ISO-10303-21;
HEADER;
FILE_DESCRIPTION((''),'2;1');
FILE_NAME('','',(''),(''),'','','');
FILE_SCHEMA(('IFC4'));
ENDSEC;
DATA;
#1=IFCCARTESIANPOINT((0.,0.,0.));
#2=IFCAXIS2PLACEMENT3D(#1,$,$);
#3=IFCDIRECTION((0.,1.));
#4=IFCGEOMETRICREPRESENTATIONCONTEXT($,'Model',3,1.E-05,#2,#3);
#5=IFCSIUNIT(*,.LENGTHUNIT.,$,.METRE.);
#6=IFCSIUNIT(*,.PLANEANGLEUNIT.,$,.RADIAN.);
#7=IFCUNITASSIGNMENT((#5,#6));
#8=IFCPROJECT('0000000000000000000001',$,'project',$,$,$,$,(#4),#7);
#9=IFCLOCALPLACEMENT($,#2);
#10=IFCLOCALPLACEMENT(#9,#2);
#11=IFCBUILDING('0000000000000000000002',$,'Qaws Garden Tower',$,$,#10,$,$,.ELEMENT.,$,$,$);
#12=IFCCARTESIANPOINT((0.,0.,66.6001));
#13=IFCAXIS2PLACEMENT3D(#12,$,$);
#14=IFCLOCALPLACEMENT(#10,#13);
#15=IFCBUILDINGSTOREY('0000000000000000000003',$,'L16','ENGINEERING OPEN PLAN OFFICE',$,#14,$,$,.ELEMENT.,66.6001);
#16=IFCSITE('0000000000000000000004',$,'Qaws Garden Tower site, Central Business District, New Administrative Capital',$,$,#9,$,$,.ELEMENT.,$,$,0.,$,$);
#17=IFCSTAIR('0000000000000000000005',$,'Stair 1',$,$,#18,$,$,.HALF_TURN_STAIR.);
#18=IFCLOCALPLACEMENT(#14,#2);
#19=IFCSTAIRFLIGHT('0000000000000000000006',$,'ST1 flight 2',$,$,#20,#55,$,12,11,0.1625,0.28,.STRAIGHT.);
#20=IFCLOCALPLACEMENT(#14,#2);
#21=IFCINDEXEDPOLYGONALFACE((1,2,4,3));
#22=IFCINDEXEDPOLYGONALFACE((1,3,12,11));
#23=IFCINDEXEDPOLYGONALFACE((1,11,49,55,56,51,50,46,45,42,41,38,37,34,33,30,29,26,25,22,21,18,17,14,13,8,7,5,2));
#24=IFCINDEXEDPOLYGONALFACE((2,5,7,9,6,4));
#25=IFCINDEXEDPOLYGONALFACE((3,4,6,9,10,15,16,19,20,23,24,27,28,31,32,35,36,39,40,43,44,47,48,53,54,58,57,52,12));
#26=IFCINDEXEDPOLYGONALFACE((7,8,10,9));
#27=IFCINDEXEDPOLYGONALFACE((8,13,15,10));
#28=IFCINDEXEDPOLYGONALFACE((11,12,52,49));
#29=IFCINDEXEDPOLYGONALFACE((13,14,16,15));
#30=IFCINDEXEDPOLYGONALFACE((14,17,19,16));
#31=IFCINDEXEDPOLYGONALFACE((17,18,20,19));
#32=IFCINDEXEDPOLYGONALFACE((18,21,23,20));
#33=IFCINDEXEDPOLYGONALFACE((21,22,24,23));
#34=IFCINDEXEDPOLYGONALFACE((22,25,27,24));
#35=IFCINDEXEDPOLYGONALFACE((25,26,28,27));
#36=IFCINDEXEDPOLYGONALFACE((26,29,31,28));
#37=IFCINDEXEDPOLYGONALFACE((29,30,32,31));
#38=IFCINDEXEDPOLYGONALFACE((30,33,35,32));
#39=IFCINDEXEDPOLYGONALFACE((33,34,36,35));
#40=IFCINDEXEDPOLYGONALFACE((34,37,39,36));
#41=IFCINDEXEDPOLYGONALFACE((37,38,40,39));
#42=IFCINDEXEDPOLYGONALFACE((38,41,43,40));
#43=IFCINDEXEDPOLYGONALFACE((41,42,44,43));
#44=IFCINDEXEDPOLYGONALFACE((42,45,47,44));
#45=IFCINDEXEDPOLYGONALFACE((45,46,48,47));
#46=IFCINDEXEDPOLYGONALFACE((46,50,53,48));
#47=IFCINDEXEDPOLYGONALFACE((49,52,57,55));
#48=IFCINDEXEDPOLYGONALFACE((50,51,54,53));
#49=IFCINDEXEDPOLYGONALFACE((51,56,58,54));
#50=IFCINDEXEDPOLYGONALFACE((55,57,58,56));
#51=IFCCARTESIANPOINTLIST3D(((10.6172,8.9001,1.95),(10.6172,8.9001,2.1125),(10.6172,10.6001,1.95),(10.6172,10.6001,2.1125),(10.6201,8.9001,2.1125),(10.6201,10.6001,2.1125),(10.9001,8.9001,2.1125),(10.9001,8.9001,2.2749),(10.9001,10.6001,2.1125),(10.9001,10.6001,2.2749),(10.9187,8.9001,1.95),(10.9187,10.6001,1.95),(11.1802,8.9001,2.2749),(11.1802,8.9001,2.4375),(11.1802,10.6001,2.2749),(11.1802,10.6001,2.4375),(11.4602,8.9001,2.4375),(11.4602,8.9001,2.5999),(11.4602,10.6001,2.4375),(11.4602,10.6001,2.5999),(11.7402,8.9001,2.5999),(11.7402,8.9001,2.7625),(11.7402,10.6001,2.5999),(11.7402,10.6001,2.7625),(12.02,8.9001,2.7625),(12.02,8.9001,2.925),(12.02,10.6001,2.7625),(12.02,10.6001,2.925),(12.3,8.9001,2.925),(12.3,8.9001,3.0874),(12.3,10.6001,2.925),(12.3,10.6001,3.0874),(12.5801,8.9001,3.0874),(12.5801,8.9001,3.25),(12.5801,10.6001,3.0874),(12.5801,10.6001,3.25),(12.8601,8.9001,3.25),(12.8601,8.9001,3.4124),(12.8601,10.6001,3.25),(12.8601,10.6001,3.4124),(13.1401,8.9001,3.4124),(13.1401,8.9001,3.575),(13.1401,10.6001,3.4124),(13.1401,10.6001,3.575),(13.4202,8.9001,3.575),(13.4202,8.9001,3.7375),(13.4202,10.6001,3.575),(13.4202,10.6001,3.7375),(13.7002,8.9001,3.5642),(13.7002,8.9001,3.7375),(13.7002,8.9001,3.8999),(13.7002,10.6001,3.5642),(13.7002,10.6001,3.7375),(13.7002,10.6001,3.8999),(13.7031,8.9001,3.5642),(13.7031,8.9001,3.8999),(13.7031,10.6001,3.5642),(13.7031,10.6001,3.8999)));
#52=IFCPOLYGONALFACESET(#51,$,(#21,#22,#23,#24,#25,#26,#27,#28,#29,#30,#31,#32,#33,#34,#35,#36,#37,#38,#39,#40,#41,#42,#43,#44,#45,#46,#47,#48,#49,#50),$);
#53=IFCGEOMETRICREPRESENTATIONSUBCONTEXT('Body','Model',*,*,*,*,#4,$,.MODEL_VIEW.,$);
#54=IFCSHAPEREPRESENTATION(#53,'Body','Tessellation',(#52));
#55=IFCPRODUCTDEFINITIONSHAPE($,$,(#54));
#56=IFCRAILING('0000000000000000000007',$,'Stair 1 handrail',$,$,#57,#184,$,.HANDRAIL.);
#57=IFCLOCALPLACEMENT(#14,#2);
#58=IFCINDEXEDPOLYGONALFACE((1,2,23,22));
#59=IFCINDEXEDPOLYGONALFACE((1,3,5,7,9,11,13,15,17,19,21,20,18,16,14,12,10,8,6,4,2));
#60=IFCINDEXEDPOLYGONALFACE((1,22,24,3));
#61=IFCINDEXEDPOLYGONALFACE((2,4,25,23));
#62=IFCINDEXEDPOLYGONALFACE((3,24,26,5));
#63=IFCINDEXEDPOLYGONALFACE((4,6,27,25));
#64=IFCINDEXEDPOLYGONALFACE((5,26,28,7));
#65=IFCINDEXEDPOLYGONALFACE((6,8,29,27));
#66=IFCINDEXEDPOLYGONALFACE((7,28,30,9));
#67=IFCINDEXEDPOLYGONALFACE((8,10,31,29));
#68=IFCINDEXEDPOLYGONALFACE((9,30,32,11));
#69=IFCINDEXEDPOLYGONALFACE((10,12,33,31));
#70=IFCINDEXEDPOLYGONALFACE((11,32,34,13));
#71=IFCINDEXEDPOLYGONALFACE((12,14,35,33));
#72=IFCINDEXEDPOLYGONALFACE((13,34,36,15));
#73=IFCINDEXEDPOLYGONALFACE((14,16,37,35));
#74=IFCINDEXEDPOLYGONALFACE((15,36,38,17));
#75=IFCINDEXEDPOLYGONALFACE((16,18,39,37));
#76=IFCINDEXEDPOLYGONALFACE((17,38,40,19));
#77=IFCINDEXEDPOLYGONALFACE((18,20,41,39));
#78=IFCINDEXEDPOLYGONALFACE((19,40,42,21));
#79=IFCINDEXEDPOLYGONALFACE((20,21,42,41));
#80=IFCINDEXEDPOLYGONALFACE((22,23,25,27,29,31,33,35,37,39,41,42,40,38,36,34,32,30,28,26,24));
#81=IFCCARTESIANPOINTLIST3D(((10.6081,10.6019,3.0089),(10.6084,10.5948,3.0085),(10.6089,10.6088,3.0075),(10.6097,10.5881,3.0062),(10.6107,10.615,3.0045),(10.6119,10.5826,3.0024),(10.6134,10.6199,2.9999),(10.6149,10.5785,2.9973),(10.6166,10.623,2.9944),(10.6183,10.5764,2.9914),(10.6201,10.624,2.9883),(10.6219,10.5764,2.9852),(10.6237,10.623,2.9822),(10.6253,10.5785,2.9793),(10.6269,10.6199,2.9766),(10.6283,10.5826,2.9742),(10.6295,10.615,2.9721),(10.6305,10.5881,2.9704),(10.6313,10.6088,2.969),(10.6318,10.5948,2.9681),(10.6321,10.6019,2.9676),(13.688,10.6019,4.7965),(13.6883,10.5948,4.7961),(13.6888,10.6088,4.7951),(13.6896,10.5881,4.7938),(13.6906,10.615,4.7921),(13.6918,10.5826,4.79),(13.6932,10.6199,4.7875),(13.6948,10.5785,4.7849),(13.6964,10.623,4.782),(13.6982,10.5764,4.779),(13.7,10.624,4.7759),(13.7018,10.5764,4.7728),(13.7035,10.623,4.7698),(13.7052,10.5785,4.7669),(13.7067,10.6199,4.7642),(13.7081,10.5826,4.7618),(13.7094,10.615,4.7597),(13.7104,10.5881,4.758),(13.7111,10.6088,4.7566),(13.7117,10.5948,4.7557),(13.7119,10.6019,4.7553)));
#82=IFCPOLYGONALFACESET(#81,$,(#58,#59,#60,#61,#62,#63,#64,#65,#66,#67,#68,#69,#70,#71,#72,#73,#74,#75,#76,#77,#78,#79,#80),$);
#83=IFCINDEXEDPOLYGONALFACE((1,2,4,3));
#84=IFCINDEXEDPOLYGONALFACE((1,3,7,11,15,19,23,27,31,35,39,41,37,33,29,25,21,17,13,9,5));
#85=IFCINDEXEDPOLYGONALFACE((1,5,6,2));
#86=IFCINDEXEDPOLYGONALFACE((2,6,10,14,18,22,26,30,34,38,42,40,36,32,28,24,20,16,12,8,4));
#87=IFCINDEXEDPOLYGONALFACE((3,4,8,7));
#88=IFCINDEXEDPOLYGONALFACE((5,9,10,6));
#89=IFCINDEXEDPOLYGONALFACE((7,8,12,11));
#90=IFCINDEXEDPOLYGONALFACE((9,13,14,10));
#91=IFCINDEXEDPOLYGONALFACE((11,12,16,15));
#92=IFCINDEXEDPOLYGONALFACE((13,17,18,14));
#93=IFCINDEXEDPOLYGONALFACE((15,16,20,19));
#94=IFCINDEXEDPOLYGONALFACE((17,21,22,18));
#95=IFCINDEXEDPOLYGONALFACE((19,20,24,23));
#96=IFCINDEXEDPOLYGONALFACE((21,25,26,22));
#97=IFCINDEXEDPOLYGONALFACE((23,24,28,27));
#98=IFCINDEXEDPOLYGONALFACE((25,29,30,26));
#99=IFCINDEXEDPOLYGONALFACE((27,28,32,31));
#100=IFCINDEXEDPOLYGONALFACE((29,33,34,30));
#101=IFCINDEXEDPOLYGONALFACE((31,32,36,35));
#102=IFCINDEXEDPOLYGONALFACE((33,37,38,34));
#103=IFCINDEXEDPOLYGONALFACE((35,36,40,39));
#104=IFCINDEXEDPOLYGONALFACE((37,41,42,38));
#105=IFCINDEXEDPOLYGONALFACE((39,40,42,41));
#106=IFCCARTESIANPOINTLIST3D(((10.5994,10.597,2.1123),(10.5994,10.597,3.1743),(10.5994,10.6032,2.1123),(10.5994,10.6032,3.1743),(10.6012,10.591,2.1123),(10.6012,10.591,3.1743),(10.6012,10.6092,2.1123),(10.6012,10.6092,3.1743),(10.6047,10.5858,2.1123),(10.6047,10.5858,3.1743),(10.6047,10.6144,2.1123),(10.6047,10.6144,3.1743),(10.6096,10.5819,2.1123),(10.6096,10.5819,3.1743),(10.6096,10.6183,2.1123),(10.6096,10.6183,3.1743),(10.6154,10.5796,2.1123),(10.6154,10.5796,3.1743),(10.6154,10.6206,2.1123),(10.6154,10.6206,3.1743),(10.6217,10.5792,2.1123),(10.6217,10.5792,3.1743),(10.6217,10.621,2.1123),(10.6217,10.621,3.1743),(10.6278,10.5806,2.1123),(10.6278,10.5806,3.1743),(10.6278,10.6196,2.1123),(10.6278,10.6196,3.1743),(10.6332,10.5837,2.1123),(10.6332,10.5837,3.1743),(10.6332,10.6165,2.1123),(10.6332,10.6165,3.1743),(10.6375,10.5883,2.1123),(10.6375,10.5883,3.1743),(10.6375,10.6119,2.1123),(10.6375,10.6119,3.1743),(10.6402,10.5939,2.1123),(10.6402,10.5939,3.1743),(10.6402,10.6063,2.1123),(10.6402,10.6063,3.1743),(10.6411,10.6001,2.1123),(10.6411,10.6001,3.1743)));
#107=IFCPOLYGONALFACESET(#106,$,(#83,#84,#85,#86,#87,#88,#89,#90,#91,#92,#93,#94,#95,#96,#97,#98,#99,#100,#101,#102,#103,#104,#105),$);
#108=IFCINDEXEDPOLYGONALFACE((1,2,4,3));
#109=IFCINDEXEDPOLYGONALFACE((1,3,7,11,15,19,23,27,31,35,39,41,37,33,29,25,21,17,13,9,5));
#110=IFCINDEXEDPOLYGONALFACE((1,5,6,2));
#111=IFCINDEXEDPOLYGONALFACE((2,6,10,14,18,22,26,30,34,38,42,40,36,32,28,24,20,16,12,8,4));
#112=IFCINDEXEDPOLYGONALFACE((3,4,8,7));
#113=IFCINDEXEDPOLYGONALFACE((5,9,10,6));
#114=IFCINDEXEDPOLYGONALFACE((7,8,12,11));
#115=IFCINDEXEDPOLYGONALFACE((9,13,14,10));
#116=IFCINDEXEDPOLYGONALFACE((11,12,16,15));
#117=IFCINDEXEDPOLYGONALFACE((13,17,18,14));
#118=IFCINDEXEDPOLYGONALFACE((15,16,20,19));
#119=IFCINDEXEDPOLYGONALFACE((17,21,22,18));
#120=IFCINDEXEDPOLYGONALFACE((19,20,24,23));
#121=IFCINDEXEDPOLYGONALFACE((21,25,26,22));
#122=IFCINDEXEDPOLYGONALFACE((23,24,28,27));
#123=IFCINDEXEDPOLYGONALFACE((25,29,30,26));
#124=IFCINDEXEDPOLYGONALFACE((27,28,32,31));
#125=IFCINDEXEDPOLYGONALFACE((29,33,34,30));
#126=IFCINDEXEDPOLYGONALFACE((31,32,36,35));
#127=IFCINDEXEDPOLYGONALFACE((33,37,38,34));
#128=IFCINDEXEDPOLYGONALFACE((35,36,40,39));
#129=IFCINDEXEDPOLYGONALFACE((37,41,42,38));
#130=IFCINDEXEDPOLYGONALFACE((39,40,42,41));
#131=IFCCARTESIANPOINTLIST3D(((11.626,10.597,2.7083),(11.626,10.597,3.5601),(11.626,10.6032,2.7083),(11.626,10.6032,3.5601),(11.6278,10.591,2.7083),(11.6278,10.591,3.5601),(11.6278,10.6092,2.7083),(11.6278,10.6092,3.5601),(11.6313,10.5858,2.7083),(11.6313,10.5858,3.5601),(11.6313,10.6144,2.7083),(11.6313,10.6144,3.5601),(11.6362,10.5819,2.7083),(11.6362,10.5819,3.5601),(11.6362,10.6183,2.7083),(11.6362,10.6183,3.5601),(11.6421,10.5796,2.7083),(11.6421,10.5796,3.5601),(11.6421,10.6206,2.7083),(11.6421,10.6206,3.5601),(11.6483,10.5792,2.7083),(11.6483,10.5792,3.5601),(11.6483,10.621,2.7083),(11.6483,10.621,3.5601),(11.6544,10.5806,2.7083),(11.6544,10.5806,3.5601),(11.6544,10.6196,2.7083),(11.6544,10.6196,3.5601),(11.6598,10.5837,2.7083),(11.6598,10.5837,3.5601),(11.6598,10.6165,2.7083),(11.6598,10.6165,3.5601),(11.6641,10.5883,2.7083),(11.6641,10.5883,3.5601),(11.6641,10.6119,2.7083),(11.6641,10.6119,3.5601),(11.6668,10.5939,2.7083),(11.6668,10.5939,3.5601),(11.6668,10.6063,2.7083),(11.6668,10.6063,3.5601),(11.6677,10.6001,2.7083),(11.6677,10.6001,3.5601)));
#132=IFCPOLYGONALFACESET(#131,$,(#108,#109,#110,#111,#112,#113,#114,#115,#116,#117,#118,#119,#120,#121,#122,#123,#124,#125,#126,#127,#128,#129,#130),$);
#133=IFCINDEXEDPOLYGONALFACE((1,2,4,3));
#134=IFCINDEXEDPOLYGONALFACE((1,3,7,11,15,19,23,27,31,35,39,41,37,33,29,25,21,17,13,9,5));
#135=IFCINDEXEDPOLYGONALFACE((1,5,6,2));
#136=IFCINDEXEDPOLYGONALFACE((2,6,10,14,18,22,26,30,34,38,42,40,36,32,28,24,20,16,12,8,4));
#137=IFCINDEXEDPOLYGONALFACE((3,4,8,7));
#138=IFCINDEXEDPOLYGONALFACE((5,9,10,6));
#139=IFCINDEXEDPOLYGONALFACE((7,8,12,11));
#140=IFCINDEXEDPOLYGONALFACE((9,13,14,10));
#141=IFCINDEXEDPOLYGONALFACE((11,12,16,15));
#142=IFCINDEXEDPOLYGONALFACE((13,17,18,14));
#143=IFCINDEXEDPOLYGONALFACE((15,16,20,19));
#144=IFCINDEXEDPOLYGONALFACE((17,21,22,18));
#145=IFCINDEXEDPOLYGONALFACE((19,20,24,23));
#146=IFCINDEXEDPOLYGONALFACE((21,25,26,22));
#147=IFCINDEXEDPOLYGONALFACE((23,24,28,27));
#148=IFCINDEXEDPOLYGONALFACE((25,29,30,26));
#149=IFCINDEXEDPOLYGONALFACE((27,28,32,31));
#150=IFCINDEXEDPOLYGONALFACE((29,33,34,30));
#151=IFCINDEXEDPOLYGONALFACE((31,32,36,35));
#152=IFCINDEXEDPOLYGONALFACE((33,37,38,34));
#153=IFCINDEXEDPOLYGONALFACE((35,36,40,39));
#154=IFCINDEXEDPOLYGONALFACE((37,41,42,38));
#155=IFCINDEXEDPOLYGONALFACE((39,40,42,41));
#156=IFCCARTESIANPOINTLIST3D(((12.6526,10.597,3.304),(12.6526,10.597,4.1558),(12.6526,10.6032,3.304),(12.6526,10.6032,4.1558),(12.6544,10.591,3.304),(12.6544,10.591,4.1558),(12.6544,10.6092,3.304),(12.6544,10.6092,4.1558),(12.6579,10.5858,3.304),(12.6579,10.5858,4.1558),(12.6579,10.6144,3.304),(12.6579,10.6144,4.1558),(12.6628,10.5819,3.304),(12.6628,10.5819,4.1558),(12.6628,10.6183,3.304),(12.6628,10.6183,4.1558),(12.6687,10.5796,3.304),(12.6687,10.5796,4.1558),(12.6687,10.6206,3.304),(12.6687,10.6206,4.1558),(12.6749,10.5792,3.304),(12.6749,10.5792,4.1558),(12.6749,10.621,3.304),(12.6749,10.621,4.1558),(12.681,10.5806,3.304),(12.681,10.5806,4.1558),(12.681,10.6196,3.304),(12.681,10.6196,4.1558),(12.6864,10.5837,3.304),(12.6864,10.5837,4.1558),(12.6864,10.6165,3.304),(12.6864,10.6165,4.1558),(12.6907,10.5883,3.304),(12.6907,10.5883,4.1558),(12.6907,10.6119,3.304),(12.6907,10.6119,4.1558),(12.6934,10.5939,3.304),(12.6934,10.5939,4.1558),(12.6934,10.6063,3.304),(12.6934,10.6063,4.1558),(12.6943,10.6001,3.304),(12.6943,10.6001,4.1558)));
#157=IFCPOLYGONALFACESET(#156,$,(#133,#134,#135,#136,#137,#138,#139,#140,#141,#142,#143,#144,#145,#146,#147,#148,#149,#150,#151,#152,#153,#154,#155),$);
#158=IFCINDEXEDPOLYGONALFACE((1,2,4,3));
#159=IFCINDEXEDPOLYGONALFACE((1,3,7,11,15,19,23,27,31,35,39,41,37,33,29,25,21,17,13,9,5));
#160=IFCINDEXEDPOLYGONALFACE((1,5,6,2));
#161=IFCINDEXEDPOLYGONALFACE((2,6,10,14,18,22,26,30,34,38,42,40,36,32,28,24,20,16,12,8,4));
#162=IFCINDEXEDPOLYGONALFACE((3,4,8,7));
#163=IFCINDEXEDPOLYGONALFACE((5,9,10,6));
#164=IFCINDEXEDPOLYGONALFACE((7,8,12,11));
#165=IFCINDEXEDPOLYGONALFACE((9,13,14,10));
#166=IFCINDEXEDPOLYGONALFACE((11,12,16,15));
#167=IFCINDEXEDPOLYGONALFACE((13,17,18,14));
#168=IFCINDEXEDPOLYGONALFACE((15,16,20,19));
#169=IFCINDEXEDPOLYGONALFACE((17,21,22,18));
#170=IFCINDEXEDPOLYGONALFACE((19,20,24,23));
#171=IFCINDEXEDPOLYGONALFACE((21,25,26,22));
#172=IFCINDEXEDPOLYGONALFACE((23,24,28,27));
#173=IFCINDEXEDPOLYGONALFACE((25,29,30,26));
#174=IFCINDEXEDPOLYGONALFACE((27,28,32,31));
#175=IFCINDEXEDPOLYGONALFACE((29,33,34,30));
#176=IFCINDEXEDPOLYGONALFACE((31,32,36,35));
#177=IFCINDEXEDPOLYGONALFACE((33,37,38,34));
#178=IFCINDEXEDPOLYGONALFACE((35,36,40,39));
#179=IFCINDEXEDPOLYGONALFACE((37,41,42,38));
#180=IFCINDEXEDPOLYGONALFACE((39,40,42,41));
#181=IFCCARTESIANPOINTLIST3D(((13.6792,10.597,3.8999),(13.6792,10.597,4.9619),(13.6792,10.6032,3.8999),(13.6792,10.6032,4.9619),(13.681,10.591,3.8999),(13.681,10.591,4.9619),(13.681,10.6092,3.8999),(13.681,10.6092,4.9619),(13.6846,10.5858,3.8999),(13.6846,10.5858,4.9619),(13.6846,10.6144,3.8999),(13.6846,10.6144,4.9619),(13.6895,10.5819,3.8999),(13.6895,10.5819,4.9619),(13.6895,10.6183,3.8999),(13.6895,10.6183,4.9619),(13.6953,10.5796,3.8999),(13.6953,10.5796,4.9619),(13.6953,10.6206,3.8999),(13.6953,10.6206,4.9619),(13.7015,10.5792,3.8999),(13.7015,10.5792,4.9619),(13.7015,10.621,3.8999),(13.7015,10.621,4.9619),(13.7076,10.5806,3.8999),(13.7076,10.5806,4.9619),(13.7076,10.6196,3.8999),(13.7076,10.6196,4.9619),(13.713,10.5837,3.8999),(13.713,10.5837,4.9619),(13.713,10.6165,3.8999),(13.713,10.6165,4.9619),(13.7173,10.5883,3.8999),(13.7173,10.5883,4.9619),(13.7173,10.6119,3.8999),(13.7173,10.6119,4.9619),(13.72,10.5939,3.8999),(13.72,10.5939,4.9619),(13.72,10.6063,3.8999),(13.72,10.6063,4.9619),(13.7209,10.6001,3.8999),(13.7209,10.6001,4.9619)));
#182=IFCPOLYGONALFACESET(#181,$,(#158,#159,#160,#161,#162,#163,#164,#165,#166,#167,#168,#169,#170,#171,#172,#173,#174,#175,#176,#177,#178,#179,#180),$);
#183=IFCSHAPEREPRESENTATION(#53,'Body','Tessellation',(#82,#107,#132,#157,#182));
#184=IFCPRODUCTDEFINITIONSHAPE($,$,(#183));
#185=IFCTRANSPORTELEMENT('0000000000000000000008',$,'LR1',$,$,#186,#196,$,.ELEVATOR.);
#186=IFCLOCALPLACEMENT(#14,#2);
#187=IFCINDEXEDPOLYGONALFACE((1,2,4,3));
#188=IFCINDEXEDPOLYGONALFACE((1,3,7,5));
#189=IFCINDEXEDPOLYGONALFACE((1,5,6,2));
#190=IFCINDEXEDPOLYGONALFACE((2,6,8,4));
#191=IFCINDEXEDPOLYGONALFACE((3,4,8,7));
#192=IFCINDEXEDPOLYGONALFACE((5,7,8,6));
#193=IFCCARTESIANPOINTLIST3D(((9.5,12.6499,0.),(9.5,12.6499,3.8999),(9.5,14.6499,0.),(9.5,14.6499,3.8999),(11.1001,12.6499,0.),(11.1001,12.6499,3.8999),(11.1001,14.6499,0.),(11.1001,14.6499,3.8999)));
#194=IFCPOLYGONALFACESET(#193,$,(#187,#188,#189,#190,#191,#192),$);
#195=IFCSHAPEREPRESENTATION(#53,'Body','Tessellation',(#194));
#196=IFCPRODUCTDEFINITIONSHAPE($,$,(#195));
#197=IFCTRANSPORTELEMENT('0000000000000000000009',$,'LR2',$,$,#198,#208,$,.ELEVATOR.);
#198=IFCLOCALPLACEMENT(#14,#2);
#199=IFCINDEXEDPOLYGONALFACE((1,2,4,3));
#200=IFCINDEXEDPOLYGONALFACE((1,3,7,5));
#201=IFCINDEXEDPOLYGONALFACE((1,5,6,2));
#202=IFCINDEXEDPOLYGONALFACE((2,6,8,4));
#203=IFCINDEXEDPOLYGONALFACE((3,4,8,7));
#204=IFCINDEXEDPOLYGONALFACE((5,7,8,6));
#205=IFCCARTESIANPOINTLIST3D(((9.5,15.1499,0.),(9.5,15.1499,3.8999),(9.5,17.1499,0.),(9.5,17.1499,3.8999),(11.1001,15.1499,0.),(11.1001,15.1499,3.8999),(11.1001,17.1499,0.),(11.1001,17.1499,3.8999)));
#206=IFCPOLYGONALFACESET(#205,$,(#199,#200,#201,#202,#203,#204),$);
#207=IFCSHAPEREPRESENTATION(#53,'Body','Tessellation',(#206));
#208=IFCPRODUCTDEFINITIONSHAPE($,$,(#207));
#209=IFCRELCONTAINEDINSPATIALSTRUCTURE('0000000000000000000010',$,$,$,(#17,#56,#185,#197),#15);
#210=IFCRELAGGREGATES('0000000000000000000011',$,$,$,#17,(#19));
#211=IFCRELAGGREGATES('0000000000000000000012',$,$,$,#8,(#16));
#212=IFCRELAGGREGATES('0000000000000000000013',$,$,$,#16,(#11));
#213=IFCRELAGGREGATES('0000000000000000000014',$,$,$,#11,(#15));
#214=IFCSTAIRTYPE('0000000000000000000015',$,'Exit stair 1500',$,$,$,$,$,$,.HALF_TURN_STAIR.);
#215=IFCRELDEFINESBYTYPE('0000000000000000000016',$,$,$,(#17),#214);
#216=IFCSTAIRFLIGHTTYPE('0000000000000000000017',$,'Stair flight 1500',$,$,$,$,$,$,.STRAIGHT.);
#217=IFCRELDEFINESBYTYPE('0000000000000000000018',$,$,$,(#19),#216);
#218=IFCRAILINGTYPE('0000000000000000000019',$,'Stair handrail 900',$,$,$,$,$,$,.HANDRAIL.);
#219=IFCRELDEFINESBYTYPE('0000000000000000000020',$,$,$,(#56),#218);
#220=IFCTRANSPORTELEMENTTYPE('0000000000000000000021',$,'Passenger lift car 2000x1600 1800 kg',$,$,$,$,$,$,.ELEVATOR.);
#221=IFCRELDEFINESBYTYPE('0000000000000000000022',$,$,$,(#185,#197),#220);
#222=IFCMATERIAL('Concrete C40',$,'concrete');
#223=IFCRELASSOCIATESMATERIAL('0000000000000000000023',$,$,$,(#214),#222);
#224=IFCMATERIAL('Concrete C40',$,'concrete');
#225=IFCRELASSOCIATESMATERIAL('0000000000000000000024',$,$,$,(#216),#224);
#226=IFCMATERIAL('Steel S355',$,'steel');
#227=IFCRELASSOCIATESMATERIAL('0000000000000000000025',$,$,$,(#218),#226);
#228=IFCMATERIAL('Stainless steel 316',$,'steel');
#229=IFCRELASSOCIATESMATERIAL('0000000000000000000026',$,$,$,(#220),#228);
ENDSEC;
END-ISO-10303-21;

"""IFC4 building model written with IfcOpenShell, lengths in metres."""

from ifc_helpers import new_model, si_unit, direction, frame, origin, origin_2d, place, context, subcontext, project, spatial, polyline, rectangle, circle, outline, extrude, material, type_object, element, aggregate, save


model = new_model("IFC4")

# Units and contexts
model_context = context("Model", 3, precision=1e-05, world=origin(), true_north=direction((0.0, 1.0)))
body_context = subcontext(model_context, "Body", "Model", "MODEL_VIEW")
ifc_project = project(units=[si_unit("LENGTHUNIT", "METRE"), si_unit("PLANEANGLEUNIT", "RADIAN")], contexts=[model_context])

# Site, building, storey
site_placement = place(None, origin())
site = spatial("IfcSite", under=ifc_project, at=site_placement, Name="Qaws Garden Tower site, Central Business District, New Administrative Capital", CompositionType="ELEMENT", RefElevation=0.0)
building_placement = place(site_placement, origin())
building = spatial("IfcBuilding", under=site, at=building_placement, Name="Qaws Garden Tower", CompositionType="ELEMENT")
storey_placement = place(building_placement, frame((0.0, 0.0, 66.6001)))
storey = spatial("IfcBuildingStorey", under=building, at=storey_placement, Name="L16", Description="ENGINEERING OPEN PLAN OFFICE", CompositionType="ELEMENT", Elevation=66.6001)

# Stair, stair flight
ifc_material_1 = material(Name="Concrete C40", Category="concrete")
stair_type = type_object("IfcStairType", Name="Exit stair 1500", PredefinedType="HALF_TURN_STAIR", material=ifc_material_1)
stair_placement = place(storey_placement, origin())
stair = element("IfcStair", 1, at=stair_placement, inside=storey, type_object=stair_type, Name="Stair 1", PredefinedType="HALF_TURN_STAIR")
ifc_material_2 = material(Name="Concrete C40", Category="concrete")
stair_flight_type = type_object("IfcStairFlightType", Name="Stair flight 1500", PredefinedType="STRAIGHT", material=ifc_material_2)
stair_flight_placement = place(storey_placement, frame((10.6201, 9.75, 1.95), z_axis=(0.0, 0.0, 1.0), x_axis=(1.0, 0.0, 0.0)))
stair_flight = element("IfcStairFlight", 2, at=stair_flight_placement, type_object=stair_flight_type, Name="ST1 flight 2", NumberOfRisers=12, NumberOfTreads=11, PredefinedType="STRAIGHT", RiserHeight=0.1625, TreadLength=0.28, context=body_context, shape_type="SweptSolid", body=[
    extrude(outline(polyline([(-0.0029, 0.0), (-0.0029, 0.1626), (0.0, 0.1626), (0.28, 0.1626), (0.28, 0.325), (0.5601, 0.325), (0.5601, 0.4875), (0.8401, 0.4875), (0.8401, 0.6499), (1.1201, 0.6499), (1.1201, 0.8125), (1.3999, 0.8125), (1.3999, 0.9751), (1.6799, 0.9751), (1.6799, 1.1375), (1.96, 1.1375), (1.96, 1.3), (2.24, 1.3), (2.24, 1.4624), (2.52, 1.4624), (2.52, 1.625), (2.8, 1.625), (2.8, 1.7876), (3.0801, 1.7876), (3.0801, 1.95), (3.083, 1.95), (3.083, 1.6143), (3.0801, 1.6143), (0.2986, 0.0), (-0.0029, 0.0)])), frame((0.0, 0.8501, 0.0), z_axis=(0.0, -1.0, 0.0), x_axis=(1.0, 0.0, 0.0)), (0.0, 0.0, 1.0), 1.7),
])
aggregate(stair, [stair_flight])

# Railing
ifc_material_3 = material(Name="Steel S355", Category="steel")
railing_type = type_object("IfcRailingType", Name="Stair handrail 900", PredefinedType="HANDRAIL", material=ifc_material_3)
railing_placement = place(storey_placement, frame((10.6201, 10.6001, 2.1123)))
element("IfcRailing", 3, at=railing_placement, inside=storey, type_object=railing_type, Name="Stair 1 handrail", PredefinedType="HANDRAIL", context=body_context, shape_type="SweptSolid", body=[
    extrude(circle(Radius=0.0239, at=origin_2d()), frame((0.0, 0.0, 0.876), z_axis=(0.864873, 0.0, 0.50199), x_axis=(0.0, 1.0, 0.0)), (0.0, 0.0, 1.0), 3.561),
    extrude(circle(Radius=0.021, at=origin_2d()), origin(), (0.0, 0.0, 1.0), 1.062),
    extrude(circle(Radius=0.021, at=origin_2d()), frame((1.0266, 0.0, 0.5959)), (0.0, 0.0, 1.0), 0.8518),
    extrude(circle(Radius=0.021, at=origin_2d()), frame((2.0532, 0.0, 1.1917)), (0.0, 0.0, 1.0), 0.8518),
    extrude(circle(Radius=0.021, at=origin_2d()), frame((3.0798, 0.0, 1.7876)), (0.0, 0.0, 1.0), 1.062),
])

# Transport elements
ifc_material_4 = material(Name="Stainless steel 316", Category="steel")
transport_element_type = type_object("IfcTransportElementType", Name="Passenger lift car 2000x1600 1800 kg", PredefinedType="ELEVATOR", material=ifc_material_4)
for number, where, z_axis, x_axis, name in (
    (4, (10.3, 13.6499, 0.0), (0.0, 0.0, 1.0), (1.0, 0.0, 0.0), "LR1"),
    (5, (10.3, 16.1499, 0.0), (0.0, 0.0, 1.0), (1.0, 0.0, 0.0), "LR2"),
):
    element("IfcTransportElement", number, at=place(storey_placement, frame(where, z_axis=z_axis, x_axis=x_axis)), inside=storey, type_object=transport_element_type, Name=name, PredefinedType="ELEVATOR", context=body_context, shape_type="SweptSolid", body=[
        extrude(rectangle(XDim=1.6001, YDim=2.0, at=origin_2d()), origin(), (0.0, 0.0, 1.0), 3.8999),
    ])

save(model, "model.ifc")
